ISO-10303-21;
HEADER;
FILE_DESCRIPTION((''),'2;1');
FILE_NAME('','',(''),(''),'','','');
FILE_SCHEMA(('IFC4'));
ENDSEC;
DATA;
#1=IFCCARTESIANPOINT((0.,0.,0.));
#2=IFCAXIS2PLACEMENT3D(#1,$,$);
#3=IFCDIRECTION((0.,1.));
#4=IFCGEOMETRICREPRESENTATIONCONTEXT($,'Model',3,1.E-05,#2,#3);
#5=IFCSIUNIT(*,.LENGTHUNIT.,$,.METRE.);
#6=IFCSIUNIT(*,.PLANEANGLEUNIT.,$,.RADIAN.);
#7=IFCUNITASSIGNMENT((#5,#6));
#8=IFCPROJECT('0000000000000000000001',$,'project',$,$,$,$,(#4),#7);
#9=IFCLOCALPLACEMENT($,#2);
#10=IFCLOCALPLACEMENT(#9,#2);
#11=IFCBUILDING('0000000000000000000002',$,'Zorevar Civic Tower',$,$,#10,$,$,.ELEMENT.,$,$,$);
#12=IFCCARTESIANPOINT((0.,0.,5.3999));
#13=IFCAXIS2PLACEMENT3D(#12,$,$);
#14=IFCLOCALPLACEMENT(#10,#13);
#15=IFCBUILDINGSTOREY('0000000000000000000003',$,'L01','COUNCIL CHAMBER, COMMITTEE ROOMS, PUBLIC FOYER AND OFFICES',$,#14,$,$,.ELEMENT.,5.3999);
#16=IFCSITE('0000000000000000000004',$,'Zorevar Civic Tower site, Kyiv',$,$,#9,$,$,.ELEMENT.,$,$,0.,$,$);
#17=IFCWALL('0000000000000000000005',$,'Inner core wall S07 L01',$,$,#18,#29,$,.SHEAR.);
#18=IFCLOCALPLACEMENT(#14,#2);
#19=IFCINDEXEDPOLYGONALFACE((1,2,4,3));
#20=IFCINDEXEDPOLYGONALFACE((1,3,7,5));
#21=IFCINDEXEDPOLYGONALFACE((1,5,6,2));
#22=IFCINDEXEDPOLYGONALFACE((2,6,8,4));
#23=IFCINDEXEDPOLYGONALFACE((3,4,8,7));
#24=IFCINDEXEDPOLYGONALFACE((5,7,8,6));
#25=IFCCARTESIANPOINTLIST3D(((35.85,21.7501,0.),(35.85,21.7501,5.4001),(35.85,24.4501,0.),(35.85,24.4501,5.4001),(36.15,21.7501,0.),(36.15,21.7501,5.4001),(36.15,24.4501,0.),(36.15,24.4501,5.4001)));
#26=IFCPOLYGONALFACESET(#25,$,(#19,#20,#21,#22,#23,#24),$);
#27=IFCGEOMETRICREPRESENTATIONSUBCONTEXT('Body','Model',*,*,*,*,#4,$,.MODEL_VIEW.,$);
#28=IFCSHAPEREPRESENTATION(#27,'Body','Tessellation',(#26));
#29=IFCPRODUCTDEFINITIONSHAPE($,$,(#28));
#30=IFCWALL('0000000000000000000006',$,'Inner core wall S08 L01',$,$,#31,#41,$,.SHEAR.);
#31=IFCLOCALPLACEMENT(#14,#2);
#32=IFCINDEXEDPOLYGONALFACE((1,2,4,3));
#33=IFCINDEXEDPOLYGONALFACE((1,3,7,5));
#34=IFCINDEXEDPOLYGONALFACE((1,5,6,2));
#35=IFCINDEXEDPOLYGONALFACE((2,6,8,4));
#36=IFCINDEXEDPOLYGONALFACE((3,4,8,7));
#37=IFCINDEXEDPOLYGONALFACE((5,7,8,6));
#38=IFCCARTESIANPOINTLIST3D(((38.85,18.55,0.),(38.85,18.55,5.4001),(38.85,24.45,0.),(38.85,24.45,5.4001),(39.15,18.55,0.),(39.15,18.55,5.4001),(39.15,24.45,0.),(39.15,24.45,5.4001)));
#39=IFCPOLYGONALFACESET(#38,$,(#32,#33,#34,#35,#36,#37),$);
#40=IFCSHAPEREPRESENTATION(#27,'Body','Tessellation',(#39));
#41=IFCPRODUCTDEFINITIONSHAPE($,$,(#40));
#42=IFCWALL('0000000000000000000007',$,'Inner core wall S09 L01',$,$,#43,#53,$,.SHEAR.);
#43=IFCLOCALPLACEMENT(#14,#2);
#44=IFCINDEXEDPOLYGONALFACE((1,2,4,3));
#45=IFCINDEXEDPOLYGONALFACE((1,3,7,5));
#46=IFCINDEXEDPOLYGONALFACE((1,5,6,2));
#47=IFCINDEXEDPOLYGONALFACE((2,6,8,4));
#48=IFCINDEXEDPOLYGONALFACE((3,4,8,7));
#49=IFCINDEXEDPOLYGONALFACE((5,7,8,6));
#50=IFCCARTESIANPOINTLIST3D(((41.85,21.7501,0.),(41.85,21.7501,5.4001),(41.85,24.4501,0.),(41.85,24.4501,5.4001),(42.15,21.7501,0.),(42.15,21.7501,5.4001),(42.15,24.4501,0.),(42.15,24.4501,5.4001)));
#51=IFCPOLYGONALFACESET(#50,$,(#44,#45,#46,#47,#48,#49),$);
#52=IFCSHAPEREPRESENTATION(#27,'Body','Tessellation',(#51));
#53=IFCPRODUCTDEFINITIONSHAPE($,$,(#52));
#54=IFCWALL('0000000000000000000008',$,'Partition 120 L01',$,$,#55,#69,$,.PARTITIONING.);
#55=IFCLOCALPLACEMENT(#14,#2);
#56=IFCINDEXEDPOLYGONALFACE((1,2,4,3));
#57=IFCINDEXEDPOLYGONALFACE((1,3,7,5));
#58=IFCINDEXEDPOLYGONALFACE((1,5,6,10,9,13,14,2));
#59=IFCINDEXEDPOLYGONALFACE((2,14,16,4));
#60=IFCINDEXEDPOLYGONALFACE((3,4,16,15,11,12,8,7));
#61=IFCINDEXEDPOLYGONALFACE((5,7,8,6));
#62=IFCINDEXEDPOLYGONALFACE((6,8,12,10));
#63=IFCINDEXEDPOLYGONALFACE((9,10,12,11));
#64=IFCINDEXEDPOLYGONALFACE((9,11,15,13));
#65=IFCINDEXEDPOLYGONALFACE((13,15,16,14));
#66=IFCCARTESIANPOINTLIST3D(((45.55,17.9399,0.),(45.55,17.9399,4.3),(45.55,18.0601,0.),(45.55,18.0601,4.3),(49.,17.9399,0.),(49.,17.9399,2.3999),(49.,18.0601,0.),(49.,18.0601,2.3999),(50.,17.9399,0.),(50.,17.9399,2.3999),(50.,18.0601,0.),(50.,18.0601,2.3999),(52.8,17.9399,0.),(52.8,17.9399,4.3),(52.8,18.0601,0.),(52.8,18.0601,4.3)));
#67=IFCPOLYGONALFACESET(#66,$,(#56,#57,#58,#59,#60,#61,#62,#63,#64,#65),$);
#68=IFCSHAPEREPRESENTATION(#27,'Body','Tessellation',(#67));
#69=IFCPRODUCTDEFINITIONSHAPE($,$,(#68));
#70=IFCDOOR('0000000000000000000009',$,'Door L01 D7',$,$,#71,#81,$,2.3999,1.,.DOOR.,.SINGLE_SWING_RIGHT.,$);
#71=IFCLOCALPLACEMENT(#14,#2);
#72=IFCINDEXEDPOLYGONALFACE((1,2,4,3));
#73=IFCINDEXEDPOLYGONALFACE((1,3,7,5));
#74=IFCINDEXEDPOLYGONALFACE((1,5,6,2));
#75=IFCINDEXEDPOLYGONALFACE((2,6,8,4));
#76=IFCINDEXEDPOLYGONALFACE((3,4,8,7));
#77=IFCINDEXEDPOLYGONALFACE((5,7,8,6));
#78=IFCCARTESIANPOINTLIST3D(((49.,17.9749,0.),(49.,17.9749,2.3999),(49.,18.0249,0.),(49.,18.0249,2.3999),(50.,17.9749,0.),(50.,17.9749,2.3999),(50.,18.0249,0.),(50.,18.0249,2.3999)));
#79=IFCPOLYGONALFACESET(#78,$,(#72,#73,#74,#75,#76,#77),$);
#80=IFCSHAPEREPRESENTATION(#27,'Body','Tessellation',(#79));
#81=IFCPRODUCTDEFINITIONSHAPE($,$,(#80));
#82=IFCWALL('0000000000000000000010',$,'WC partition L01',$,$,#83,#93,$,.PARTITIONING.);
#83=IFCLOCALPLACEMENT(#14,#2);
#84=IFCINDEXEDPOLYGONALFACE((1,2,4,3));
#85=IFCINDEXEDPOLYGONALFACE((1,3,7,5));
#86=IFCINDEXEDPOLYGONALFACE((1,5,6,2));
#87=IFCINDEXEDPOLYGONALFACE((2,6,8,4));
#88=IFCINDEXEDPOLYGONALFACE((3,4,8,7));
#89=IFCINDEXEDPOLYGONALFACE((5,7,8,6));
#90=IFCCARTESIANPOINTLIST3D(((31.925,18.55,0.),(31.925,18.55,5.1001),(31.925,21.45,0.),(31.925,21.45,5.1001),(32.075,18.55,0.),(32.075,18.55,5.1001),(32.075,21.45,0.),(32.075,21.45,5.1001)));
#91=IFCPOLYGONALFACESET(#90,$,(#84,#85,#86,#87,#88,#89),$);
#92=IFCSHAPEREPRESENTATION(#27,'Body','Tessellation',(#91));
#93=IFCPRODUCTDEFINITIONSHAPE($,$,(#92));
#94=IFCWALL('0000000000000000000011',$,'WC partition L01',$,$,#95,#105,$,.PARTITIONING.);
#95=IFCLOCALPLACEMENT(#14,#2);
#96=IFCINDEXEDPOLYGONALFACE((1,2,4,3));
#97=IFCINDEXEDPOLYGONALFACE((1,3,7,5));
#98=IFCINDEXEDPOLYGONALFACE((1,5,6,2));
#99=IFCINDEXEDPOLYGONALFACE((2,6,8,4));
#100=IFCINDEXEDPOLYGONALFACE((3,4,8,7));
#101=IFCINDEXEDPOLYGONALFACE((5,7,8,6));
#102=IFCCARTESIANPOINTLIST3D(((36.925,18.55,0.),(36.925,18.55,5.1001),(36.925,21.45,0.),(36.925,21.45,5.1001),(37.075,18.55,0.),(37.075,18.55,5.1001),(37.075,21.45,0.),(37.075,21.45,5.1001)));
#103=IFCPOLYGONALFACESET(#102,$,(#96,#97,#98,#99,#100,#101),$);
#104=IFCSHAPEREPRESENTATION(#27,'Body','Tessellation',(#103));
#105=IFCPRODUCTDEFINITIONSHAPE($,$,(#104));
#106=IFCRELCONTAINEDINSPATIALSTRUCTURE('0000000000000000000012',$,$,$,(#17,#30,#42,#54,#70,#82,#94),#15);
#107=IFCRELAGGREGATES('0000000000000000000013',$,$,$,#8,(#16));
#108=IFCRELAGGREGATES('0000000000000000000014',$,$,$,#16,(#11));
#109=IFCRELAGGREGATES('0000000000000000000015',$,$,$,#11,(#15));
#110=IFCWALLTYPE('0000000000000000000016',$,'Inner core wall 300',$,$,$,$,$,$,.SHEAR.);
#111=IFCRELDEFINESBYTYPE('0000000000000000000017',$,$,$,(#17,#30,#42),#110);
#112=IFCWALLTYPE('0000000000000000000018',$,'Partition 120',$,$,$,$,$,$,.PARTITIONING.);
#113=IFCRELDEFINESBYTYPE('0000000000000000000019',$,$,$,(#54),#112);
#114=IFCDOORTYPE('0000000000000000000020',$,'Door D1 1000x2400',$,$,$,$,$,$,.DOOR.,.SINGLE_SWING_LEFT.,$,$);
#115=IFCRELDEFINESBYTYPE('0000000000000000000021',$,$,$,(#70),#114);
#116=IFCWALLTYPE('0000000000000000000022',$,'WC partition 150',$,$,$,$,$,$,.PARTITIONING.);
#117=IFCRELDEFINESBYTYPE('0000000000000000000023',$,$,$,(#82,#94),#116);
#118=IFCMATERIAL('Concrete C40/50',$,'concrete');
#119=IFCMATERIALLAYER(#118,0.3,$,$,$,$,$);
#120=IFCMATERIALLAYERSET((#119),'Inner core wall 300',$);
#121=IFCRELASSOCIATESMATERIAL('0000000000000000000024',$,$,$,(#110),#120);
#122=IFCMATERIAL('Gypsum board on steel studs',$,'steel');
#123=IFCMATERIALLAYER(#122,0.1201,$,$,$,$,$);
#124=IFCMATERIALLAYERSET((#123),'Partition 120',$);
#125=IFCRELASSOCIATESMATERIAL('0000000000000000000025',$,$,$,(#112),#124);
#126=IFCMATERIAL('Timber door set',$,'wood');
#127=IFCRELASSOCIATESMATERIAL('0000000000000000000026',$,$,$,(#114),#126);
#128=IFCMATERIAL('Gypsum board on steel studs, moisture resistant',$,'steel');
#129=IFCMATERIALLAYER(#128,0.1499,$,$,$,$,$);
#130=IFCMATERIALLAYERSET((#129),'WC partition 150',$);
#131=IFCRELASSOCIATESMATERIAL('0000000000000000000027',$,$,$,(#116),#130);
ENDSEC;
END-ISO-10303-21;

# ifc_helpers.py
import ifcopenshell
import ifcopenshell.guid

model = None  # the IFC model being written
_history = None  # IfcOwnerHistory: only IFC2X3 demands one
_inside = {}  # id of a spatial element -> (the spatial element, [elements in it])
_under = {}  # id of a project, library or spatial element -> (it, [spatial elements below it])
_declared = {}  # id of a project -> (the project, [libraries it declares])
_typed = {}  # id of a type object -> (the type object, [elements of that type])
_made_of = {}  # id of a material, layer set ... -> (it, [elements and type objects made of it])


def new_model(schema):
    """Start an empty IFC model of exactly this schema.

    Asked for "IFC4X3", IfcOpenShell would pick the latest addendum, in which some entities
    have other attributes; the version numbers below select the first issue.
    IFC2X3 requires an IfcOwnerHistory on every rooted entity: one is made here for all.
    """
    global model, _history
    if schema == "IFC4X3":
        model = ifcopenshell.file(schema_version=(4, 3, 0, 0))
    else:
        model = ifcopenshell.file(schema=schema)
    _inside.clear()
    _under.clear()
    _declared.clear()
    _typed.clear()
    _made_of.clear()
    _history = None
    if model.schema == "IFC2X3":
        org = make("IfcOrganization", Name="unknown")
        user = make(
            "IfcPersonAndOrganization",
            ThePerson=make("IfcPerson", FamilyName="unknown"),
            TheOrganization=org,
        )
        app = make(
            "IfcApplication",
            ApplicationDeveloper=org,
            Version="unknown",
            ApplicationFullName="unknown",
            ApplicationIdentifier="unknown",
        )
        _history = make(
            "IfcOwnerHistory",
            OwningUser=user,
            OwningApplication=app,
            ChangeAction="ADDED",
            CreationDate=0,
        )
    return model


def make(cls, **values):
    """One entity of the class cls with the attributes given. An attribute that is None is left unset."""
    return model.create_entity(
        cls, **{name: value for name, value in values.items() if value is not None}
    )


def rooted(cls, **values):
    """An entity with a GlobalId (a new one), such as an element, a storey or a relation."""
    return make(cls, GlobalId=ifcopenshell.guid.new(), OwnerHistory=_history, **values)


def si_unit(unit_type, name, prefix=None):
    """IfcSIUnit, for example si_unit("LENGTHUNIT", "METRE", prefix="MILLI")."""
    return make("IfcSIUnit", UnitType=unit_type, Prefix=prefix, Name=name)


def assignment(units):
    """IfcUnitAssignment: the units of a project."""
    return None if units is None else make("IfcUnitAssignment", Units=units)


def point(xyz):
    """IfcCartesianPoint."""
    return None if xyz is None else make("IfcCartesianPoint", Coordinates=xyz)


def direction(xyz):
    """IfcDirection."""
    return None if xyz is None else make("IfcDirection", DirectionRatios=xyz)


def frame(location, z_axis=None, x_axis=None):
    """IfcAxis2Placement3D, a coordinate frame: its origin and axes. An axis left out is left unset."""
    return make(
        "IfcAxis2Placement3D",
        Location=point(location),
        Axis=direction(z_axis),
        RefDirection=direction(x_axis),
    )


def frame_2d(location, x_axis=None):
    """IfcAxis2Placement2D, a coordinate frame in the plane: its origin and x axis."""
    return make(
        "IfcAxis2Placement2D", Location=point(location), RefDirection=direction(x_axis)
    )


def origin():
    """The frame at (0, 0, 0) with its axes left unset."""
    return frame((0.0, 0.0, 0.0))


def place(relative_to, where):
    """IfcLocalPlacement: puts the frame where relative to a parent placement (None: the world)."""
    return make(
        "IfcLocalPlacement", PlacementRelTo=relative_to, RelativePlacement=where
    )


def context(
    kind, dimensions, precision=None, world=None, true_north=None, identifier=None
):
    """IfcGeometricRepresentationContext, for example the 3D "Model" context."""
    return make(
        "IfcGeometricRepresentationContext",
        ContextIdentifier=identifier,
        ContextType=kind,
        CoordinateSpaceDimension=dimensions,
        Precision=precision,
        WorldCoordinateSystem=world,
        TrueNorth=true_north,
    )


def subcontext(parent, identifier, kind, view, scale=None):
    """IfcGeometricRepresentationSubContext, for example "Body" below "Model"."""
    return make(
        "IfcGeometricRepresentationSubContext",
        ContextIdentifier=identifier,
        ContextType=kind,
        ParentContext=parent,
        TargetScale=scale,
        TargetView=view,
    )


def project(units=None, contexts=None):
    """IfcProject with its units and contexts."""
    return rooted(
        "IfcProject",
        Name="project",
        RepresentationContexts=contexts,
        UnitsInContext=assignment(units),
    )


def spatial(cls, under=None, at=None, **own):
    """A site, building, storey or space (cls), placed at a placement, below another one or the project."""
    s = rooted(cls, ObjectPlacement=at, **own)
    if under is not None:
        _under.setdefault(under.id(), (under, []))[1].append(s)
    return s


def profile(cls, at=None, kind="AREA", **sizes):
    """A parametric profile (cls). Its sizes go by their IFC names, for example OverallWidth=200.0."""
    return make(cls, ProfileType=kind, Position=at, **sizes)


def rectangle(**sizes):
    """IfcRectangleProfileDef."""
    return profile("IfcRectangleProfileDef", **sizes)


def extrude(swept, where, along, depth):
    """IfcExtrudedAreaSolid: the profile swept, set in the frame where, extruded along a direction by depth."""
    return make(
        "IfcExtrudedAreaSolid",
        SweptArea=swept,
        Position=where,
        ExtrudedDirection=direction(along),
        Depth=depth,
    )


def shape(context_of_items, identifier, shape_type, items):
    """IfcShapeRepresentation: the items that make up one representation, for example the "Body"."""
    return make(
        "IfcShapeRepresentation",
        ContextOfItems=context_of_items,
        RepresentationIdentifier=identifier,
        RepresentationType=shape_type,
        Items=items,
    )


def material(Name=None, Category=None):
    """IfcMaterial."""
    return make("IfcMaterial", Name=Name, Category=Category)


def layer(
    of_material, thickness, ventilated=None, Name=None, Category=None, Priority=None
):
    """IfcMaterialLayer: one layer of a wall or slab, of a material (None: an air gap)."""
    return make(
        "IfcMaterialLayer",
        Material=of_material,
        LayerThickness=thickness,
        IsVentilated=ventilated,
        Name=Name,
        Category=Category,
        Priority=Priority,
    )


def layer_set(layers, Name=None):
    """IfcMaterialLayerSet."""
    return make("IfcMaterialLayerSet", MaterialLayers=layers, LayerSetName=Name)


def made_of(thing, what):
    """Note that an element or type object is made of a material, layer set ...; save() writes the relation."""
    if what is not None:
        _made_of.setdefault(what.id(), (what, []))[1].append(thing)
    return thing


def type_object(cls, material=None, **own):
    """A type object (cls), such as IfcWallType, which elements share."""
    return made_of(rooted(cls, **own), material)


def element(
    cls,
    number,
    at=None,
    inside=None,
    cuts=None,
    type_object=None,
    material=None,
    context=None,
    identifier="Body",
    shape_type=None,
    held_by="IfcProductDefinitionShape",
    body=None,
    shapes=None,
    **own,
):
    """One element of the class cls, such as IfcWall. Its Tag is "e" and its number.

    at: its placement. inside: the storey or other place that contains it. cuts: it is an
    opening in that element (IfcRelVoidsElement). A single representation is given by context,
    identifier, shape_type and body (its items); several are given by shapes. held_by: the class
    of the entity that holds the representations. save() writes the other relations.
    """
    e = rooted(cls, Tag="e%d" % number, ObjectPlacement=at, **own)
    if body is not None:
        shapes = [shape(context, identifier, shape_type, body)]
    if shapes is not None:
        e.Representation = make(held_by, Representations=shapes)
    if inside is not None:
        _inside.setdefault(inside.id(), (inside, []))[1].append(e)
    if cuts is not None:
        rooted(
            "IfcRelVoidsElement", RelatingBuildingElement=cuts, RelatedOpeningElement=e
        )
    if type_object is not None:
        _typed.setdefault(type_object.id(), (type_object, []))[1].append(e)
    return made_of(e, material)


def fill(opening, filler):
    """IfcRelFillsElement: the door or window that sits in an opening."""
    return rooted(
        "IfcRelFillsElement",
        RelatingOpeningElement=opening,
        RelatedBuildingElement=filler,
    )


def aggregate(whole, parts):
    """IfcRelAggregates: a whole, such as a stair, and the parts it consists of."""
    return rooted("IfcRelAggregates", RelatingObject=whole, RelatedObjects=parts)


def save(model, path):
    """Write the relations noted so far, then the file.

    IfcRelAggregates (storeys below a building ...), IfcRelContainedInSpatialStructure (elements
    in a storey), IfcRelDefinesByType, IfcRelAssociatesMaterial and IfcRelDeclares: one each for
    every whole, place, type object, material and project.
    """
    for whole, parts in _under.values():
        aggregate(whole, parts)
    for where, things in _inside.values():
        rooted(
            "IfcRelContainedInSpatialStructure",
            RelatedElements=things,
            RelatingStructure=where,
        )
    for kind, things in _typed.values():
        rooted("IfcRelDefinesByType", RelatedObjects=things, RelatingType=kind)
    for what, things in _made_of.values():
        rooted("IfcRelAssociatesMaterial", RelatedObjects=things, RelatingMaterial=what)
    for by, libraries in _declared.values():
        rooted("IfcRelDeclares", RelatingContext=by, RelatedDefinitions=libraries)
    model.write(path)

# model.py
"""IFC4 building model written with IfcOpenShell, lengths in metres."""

from ifc_helpers import new_model, si_unit, direction, frame, frame_2d, origin, place, context, subcontext, project, spatial, rectangle, extrude, material, layer, layer_set, type_object, element, fill, save


model = new_model("IFC4")

# Units and contexts
model_context = context("Model", 3, precision=1e-05, world=origin(), true_north=direction((0.0, 1.0)))
body_context = subcontext(model_context, "Body", "Model", "MODEL_VIEW")
ifc_project = project(units=[si_unit("LENGTHUNIT", "METRE"), si_unit("PLANEANGLEUNIT", "RADIAN")], contexts=[model_context])

# Site, building, storey
site_placement = place(None, origin())
site = spatial("IfcSite", under=ifc_project, at=site_placement, Name="Zorevar Civic Tower site, Kyiv", CompositionType="ELEMENT", RefElevation=0.0)
building_placement = place(site_placement, origin())
building = spatial("IfcBuilding", under=site, at=building_placement, Name="Zorevar Civic Tower", CompositionType="ELEMENT")
storey_placement = place(building_placement, frame((0.0, 0.0, 5.3999)))
storey = spatial("IfcBuildingStorey", under=building, at=storey_placement, Name="L01", Description="COUNCIL CHAMBER, COMMITTEE ROOMS, PUBLIC FOYER AND OFFICES", CompositionType="ELEMENT", Elevation=5.3999)

# Walls
ifc_material_1 = material(Name="Concrete C40/50", Category="concrete")
ifc_layer_1 = layer(ifc_material_1, 0.3)
ifc_layer_set_1 = layer_set([ifc_layer_1], Name="Inner core wall 300")
wall_type_1 = type_object("IfcWallType", Name="Inner core wall 300", PredefinedType="SHEAR", material=ifc_layer_set_1)
for number, where, z_axis, x_axis, name in (
    (1, (36.0, 21.75, 0.0), (0.0, 0.0, 1.0), (0.0, 1.0, 0.0), "Inner core wall S07 L01"),
):
    element("IfcWall", number, at=place(storey_placement, frame(where, z_axis=z_axis, x_axis=x_axis)), inside=storey, type_object=wall_type_1, Name=name, PredefinedType="SHEAR", context=body_context, shape_type="SweptSolid", body=[
        extrude(rectangle(XDim=2.7, YDim=0.3, at=frame_2d((1.3501, 0.0))), origin(), (0.0, 0.0, 1.0), 5.4001),
    ])
wall_1_placement = place(storey_placement, frame((39.0, 18.55, 0.0), z_axis=(0.0, 0.0, 1.0), x_axis=(0.0, 1.0, 0.0)))
element("IfcWall", 2, at=wall_1_placement, inside=storey, type_object=wall_type_1, Name="Inner core wall S08 L01", PredefinedType="SHEAR", context=body_context, shape_type="SweptSolid", body=[
    extrude(rectangle(XDim=5.8999, YDim=0.3, at=frame_2d((2.95, 0.0))), origin(), (0.0, 0.0, 1.0), 5.4001),
])
wall_2_placement = place(storey_placement, frame((42.0, 21.75, 0.0), z_axis=(0.0, 0.0, 1.0), x_axis=(0.0, 1.0, 0.0)))
element("IfcWall", 3, at=wall_2_placement, inside=storey, type_object=wall_type_1, Name="Inner core wall S09 L01", PredefinedType="SHEAR", context=body_context, shape_type="SweptSolid", body=[
    extrude(rectangle(XDim=2.7, YDim=0.3, at=frame_2d((1.3501, 0.0))), origin(), (0.0, 0.0, 1.0), 5.4001),
])

# Wall, opening, door
ifc_material_2 = material(Name="Gypsum board on steel studs", Category="steel")
ifc_layer_2 = layer(ifc_material_2, 0.1201)
ifc_layer_set_2 = layer_set([ifc_layer_2], Name="Partition 120")
wall_type_2 = type_object("IfcWallType", Name="Partition 120", PredefinedType="PARTITIONING", material=ifc_layer_set_2)
wall_3_placement = place(storey_placement, frame((45.55, 18.0, 0.0), z_axis=(0.0, 0.0, 1.0), x_axis=(1.0, 0.0, 0.0)))
wall_3 = element("IfcWall", 4, at=wall_3_placement, inside=storey, type_object=wall_type_2, Name="Partition 120 L01", PredefinedType="PARTITIONING", context=body_context, shape_type="SweptSolid", body=[
    extrude(rectangle(XDim=7.25, YDim=0.1201, at=frame_2d((3.625, 0.0))), origin(), (0.0, 0.0, 1.0), 4.3),
])
opening_1_placement = place(wall_3_placement, frame((3.45, 0.0, 0.0)))
opening_1 = element("IfcOpeningElement", 5, at=opening_1_placement, cuts=wall_3, PredefinedType="OPENING", context=body_context, shape_type="SweptSolid", body=[
    extrude(rectangle(XDim=1.0, YDim=2.3999, at=frame_2d((0.5, 1.2))), frame((0.0, 0.0701, 0.0), z_axis=(0.0, -1.0, 0.0), x_axis=(1.0, 0.0, 0.0)), (0.0, 0.0, 1.0), 0.1401),
])
ifc_material_3 = material(Name="Timber door set", Category="wood")
door_type_1 = type_object("IfcDoorType", Name="Door D1 1000x2400", OperationType="SINGLE_SWING_LEFT", PredefinedType="DOOR", material=ifc_material_3)
door_1_placement = place(opening_1_placement, origin())
door_1 = element("IfcDoor", 6, at=door_1_placement, inside=storey, type_object=door_type_1, Name="Door L01 D7", OperationType="SINGLE_SWING_RIGHT", OverallHeight=2.3999, OverallWidth=1.0, PredefinedType="DOOR", context=body_context, shape_type="SweptSolid", body=[
    extrude(rectangle(XDim=1.0, YDim=2.3999, at=frame_2d((0.5, 1.2))), frame((0.0, 0.0249, 0.0), z_axis=(0.0, -1.0, 0.0), x_axis=(1.0, 0.0, 0.0)), (0.0, 0.0, 1.0), 0.05),
])
fill(opening_1, door_1)

# Walls
ifc_material_4 = material(Name="Gypsum board on steel studs, moisture resistant", Category="steel")
ifc_layer_3 = layer(ifc_material_4, 0.1499)
ifc_layer_set_3 = layer_set([ifc_layer_3], Name="WC partition 150")
wall_type_3 = type_object("IfcWallType", Name="WC partition 150", PredefinedType="PARTITIONING", material=ifc_layer_set_3)
for number, where, z_axis, x_axis, name in (
    (7, (32.0, 18.55, 0.0), (0.0, 0.0, 1.0), (0.0, 1.0, 0.0), "WC partition L01"),
    (8, (37.0, 18.55, 0.0), (0.0, 0.0, 1.0), (0.0, 1.0, 0.0), "WC partition L01"),
):
    element("IfcWall", number, at=place(storey_placement, frame(where, z_axis=z_axis, x_axis=x_axis)), inside=storey, type_object=wall_type_3, Name=name, PredefinedType="PARTITIONING", context=body_context, shape_type="SweptSolid", body=[
        extrude(rectangle(XDim=2.8999, YDim=0.1499, at=frame_2d((1.45, 0.0))), origin(), (0.0, 0.0, 1.0), 5.1001),
    ])

save(model, "model.ifc")
